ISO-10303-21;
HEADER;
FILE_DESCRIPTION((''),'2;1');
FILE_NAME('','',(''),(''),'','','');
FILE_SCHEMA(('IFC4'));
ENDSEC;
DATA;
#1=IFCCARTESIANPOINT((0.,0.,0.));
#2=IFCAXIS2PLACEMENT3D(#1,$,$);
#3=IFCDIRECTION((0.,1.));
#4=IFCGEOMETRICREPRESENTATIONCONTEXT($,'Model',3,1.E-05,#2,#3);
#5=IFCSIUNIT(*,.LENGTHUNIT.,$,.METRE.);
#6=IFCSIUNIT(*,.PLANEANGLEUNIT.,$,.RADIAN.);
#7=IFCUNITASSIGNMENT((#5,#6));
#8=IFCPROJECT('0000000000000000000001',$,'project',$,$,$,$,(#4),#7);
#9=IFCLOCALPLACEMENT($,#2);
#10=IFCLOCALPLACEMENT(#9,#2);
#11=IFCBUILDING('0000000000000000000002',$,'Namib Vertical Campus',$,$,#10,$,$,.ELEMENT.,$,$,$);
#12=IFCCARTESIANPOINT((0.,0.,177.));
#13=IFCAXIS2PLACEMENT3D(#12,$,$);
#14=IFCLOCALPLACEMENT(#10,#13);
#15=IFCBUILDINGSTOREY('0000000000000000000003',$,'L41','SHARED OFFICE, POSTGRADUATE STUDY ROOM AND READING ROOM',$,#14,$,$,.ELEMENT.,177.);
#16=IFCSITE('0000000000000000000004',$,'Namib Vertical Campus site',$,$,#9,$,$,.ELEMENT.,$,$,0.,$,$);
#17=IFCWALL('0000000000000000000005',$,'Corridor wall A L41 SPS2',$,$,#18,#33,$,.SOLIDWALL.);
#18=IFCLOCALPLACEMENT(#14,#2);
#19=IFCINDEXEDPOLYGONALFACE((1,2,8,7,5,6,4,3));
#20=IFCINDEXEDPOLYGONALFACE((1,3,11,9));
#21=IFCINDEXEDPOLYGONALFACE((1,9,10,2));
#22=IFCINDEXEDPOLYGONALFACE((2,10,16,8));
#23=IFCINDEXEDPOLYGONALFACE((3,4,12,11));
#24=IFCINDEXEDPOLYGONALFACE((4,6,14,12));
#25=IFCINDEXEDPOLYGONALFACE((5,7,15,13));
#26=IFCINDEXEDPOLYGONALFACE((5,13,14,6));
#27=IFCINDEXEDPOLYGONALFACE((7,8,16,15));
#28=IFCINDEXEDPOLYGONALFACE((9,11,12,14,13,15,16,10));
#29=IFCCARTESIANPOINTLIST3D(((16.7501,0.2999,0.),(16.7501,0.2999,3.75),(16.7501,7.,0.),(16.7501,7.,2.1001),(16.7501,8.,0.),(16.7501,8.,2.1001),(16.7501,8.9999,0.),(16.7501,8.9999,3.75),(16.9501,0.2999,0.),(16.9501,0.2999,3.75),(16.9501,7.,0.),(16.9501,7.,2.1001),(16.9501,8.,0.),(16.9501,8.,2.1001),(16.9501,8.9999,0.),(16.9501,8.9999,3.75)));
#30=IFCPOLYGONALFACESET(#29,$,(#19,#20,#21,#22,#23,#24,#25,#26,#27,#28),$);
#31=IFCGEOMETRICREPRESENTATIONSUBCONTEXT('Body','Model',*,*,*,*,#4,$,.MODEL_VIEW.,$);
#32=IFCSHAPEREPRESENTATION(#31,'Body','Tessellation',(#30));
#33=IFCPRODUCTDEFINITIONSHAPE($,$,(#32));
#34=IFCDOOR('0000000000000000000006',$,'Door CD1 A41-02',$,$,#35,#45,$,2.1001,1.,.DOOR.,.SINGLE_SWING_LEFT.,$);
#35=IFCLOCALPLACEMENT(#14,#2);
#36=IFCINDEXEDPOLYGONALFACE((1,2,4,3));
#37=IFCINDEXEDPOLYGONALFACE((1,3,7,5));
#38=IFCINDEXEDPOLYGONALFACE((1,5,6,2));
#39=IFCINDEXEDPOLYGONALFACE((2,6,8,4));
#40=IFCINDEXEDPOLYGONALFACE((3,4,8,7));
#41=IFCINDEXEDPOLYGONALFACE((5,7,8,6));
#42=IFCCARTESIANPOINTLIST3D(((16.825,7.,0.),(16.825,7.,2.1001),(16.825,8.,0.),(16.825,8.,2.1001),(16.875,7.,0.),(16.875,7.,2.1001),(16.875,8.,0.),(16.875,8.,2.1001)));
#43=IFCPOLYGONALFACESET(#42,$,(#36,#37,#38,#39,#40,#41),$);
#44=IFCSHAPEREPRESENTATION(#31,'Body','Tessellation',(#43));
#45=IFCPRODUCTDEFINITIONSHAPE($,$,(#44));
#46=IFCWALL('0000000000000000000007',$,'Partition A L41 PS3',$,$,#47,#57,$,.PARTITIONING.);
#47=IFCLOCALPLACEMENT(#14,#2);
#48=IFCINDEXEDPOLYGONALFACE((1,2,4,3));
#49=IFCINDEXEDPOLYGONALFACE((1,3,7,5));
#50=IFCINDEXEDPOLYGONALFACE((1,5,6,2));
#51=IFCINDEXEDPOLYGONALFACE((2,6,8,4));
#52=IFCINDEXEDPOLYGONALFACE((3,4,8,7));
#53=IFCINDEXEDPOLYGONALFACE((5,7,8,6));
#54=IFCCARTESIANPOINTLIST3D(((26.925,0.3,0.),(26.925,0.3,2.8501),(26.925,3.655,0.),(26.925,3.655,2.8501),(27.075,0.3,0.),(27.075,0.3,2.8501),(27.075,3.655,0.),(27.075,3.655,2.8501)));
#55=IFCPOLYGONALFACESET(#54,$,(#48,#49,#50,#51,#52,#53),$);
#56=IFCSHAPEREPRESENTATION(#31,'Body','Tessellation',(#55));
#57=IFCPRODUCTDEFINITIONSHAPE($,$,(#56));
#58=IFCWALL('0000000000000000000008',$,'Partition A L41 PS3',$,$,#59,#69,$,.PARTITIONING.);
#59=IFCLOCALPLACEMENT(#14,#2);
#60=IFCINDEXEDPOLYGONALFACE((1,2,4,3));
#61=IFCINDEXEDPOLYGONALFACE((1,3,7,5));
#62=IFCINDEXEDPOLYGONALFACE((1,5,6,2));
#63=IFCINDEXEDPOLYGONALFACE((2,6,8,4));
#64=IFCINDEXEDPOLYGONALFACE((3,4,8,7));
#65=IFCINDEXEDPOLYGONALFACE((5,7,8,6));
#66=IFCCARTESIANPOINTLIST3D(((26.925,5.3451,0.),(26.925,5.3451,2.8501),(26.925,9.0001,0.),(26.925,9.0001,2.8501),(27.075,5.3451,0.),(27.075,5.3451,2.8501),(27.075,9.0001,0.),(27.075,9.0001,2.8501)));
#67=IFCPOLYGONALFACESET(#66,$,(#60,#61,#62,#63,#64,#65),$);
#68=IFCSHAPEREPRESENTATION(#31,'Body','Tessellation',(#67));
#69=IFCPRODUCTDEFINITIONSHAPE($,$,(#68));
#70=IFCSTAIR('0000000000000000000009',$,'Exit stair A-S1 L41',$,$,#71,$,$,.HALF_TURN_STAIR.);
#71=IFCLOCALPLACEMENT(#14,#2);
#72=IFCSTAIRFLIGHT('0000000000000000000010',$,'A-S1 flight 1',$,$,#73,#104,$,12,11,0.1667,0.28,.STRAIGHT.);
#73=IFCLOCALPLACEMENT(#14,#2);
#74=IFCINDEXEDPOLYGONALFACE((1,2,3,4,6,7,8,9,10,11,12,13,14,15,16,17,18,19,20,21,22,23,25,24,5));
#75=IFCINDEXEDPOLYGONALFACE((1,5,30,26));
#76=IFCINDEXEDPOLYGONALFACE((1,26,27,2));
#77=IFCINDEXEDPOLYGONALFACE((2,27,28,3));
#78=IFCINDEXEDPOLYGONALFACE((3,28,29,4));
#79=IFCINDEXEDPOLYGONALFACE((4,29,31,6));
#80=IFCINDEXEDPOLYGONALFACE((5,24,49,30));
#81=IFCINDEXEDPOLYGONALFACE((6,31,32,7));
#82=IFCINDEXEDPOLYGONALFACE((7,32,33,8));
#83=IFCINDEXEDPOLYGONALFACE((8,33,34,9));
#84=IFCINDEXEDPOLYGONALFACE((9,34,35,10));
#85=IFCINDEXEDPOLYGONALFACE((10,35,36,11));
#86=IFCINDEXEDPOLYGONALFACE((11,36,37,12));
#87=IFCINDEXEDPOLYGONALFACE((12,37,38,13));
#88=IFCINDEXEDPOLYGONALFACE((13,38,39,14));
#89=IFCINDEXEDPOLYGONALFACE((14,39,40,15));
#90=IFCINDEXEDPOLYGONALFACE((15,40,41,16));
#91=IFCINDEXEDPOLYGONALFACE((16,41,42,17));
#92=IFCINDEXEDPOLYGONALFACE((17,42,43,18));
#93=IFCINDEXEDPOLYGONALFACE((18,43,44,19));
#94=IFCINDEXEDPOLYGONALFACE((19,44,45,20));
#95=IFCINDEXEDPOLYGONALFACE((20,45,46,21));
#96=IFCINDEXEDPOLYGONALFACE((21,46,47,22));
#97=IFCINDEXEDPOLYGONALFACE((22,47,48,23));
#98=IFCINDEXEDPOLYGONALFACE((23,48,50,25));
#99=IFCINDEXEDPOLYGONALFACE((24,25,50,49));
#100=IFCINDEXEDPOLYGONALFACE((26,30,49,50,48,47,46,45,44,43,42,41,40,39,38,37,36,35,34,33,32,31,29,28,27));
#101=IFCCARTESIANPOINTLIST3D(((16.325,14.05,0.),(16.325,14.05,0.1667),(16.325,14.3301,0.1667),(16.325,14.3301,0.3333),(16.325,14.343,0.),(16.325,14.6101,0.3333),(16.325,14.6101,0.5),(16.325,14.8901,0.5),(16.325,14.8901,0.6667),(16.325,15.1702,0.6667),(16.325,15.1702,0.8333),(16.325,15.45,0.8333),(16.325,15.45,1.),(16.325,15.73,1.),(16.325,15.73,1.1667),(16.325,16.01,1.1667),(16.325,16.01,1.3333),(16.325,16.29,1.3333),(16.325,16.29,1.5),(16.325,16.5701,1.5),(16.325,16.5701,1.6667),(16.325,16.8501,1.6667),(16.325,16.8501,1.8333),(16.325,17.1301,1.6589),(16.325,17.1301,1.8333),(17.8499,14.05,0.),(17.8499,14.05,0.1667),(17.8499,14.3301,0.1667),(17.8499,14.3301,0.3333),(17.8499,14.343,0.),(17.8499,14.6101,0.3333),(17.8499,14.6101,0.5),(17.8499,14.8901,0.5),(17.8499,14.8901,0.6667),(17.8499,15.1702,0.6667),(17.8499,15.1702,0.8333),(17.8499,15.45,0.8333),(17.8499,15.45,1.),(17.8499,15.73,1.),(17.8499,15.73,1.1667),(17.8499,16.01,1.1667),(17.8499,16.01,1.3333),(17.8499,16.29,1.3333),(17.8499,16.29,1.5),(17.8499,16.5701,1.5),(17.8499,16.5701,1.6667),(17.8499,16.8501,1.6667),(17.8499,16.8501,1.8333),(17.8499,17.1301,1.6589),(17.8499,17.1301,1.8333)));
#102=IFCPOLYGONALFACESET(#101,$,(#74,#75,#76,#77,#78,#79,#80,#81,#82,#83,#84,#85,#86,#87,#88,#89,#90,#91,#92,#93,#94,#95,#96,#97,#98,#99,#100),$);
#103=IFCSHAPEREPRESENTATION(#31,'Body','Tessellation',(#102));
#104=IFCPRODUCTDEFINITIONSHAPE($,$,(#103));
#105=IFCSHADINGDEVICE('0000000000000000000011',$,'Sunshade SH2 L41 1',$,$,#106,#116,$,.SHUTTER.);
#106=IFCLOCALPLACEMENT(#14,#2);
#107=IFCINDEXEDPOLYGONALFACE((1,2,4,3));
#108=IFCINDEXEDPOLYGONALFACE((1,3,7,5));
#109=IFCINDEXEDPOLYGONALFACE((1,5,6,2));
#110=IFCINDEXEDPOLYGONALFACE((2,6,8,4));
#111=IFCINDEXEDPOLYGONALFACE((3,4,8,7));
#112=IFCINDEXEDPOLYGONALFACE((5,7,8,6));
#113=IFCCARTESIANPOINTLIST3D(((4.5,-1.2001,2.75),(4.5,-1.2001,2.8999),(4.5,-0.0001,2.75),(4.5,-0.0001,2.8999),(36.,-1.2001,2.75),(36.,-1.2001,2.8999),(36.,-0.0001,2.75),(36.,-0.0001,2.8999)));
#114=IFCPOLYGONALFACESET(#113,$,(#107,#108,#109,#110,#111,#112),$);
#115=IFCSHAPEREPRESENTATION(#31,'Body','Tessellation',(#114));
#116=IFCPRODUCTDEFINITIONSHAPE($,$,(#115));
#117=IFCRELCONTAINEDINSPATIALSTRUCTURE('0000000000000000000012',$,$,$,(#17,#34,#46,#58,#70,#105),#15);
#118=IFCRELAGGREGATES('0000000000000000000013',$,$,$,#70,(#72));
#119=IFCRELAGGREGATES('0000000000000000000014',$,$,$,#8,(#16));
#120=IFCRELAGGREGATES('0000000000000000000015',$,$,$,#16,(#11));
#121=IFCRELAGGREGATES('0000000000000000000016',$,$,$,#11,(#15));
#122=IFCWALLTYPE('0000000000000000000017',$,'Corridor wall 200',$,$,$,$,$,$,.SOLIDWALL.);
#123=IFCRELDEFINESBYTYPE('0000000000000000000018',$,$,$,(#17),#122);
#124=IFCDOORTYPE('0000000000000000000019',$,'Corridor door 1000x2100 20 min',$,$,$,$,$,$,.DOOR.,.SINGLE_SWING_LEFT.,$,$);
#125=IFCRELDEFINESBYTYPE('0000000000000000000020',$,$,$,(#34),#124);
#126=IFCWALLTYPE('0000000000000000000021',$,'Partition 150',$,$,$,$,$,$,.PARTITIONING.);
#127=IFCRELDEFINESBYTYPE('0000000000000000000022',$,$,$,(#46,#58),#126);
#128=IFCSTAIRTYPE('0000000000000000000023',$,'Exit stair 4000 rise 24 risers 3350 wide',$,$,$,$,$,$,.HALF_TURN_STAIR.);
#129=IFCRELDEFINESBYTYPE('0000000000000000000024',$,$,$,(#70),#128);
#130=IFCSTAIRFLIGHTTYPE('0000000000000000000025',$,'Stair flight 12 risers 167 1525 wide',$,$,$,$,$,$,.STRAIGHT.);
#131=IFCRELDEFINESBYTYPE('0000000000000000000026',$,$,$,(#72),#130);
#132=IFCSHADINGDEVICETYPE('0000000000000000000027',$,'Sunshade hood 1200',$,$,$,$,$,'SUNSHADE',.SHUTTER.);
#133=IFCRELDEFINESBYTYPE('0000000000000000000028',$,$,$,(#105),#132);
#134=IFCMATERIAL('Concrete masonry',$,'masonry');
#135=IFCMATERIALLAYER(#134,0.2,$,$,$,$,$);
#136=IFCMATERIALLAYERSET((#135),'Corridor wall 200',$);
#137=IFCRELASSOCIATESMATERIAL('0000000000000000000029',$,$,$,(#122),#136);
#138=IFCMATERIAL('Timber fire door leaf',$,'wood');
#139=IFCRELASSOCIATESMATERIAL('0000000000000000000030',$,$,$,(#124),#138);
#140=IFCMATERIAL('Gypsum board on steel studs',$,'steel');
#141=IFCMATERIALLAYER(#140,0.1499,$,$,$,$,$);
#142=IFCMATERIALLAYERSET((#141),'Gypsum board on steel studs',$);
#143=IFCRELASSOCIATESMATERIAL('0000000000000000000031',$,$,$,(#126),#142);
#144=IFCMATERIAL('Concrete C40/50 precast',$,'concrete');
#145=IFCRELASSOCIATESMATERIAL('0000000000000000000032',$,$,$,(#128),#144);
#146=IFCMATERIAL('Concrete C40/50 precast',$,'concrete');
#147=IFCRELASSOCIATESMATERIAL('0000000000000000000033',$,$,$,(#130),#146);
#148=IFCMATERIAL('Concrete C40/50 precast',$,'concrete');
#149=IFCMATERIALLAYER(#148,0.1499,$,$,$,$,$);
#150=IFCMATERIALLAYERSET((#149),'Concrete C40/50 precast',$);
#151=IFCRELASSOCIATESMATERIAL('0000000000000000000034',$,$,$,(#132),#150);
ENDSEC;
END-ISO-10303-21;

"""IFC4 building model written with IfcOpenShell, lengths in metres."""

from ifc_helpers import new_model, si_unit, direction, frame, frame_2d, origin, origin_2d, place, context, subcontext, project, spatial, polyline, rectangle, outline, extrude, material, layer, layer_set, type_object, element, fill, aggregate, save


model = new_model("IFC4")

# Units and contexts
model_context = context("Model", 3, precision=1e-05, world=origin(), true_north=direction((0.0, 1.0)))
body_context = subcontext(model_context, "Body", "Model", "MODEL_VIEW")
ifc_project = project(units=[si_unit("LENGTHUNIT", "METRE"), si_unit("PLANEANGLEUNIT", "RADIAN")], contexts=[model_context])

# Site, building, storey
site_placement = place(None, origin())
site = spatial("IfcSite", under=ifc_project, at=site_placement, Name="Namib Vertical Campus site", CompositionType="ELEMENT", RefElevation=0.0)
building_placement = place(site_placement, origin())
building = spatial("IfcBuilding", under=site, at=building_placement, Name="Namib Vertical Campus", CompositionType="ELEMENT")
storey_placement = place(building_placement, frame((0.0, 0.0, 177.0)))
storey = spatial("IfcBuildingStorey", under=building, at=storey_placement, Name="L41", Description="SHARED OFFICE, POSTGRADUATE STUDY ROOM AND READING ROOM", CompositionType="ELEMENT", Elevation=177.0)

# Wall, opening, door
ifc_material_1 = material(Name="Concrete masonry", Category="masonry")
ifc_layer_1 = layer(ifc_material_1, 0.2)
ifc_layer_set_1 = layer_set([ifc_layer_1], Name="Corridor wall 200")
wall_type_1 = type_object("IfcWallType", Name="Corridor wall 200", PredefinedType="SOLIDWALL", material=ifc_layer_set_1)
wall_1_placement = place(storey_placement, frame((16.8501, 9.0, 0.0), z_axis=(0.0, 0.0, 1.0), x_axis=(0.0, -1.0, 0.0)))
wall_1 = element("IfcWall", 1, at=wall_1_placement, inside=storey, type_object=wall_type_1, Name="Corridor wall A L41 SPS2", PredefinedType="SOLIDWALL", context=body_context, shape_type="SweptSolid", body=[
    extrude(rectangle(XDim=8.7, YDim=0.2, at=frame_2d((4.3501, 0.0))), origin(), (0.0, 0.0, 1.0), 3.75),
])
opening_1_placement = place(wall_1_placement, frame((1.0, 0.0, 0.0)))
opening_1 = element("IfcOpeningElement", 2, at=opening_1_placement, cuts=wall_1, PredefinedType="OPENING", context=body_context, shape_type="SweptSolid", body=[
    extrude(rectangle(XDim=1.0, YDim=2.1001, at=frame_2d((0.5, 1.05))), frame((0.0, 0.1099, 0.0), z_axis=(0.0, -1.0, 0.0), x_axis=(1.0, 0.0, 0.0)), (0.0, 0.0, 1.0), 0.22),
])
ifc_material_2 = material(Name="Timber fire door leaf", Category="wood")
door_type_1 = type_object("IfcDoorType", Name="Corridor door 1000x2100 20 min", OperationType="SINGLE_SWING_LEFT", PredefinedType="DOOR", material=ifc_material_2)
door_1_placement = place(opening_1_placement, origin())
door_1 = element("IfcDoor", 3, at=door_1_placement, inside=storey, type_object=door_type_1, Name="Door CD1 A41-02", OperationType="SINGLE_SWING_LEFT", OverallHeight=2.1001, OverallWidth=1.0, PredefinedType="DOOR", context=body_context, shape_type="SweptSolid", body=[
    extrude(rectangle(XDim=1.0, YDim=2.1001, at=frame_2d((0.5, 1.05))), frame((0.0, 0.0249, 0.0), z_axis=(0.0, -1.0, 0.0), x_axis=(1.0, 0.0, 0.0)), (0.0, 0.0, 1.0), 0.05),
])
fill(opening_1, door_1)

# Walls
ifc_material_3 = material(Name="Gypsum board on steel studs", Category="steel")
ifc_layer_2 = layer(ifc_material_3, 0.1499)
ifc_layer_set_2 = layer_set([ifc_layer_2], Name="Gypsum board on steel studs")
wall_type_2 = type_object("IfcWallType", Name="Partition 150", PredefinedType="PARTITIONING", material=ifc_layer_set_2)
wall_2_placement = place(storey_placement, frame((27.0, 0.3, 0.0), z_axis=(0.0, 0.0, 1.0), x_axis=(0.0, 1.0, 0.0)))
element("IfcWall", 4, at=wall_2_placement, inside=storey, type_object=wall_type_2, Name="Partition A L41 PS3", PredefinedType="PARTITIONING", context=body_context, shape_type="SweptSolid", body=[
    extrude(rectangle(XDim=3.355, YDim=0.1499, at=frame_2d((1.6775, 0.0))), origin(), (0.0, 0.0, 1.0), 2.8501),
])
wall_3_placement = place(storey_placement, frame((27.0, 5.345, 0.0), z_axis=(0.0, 0.0, 1.0), x_axis=(0.0, 1.0, 0.0)))
element("IfcWall", 5, at=wall_3_placement, inside=storey, type_object=wall_type_2, Name="Partition A L41 PS3", PredefinedType="PARTITIONING", context=body_context, shape_type="SweptSolid", body=[
    extrude(rectangle(XDim=3.655, YDim=0.1499, at=frame_2d((1.8276, 0.0))), origin(), (0.0, 0.0, 1.0), 2.8501),
])

# Stair, stair flight
ifc_material_4 = material(Name="Concrete C40/50 precast", Category="concrete")
stair_type = type_object("IfcStairType", Name="Exit stair 4000 rise 24 risers 3350 wide", PredefinedType="HALF_TURN_STAIR", material=ifc_material_4)
stair_placement = place(storey_placement, origin())
stair = element("IfcStair", 6, at=stair_placement, inside=storey, type_object=stair_type, Name="Exit stair A-S1 L41", PredefinedType="HALF_TURN_STAIR")
ifc_material_5 = material(Name="Concrete C40/50 precast", Category="concrete")
stair_flight_type = type_object("IfcStairFlightType", Name="Stair flight 12 risers 167 1525 wide", PredefinedType="STRAIGHT", material=ifc_material_5)
stair_flight_placement = place(storey_placement, frame((17.0874, 14.05, 0.0), z_axis=(0.0, 0.0, 1.0), x_axis=(0.0, 1.0, 0.0)))
stair_flight = element("IfcStairFlight", 7, at=stair_flight_placement, type_object=stair_flight_type, Name="A-S1 flight 1", NumberOfRisers=12, NumberOfTreads=11, PredefinedType="STRAIGHT", RiserHeight=0.1667, TreadLength=0.28, context=body_context, shape_type="SweptSolid", body=[
    extrude(outline(polyline([(0.0, 0.0), (0.0, 0.1667), (0.28, 0.1667), (0.28, 0.3333), (0.5601, 0.3333), (0.5601, 0.5), (0.8401, 0.5), (0.8401, 0.6667), (1.1201, 0.6667), (1.1201, 0.8333), (1.3999, 0.8333), (1.3999, 1.0), (1.6799, 1.0), (1.6799, 1.1667), (1.96, 1.1667), (1.96, 1.3333), (2.24, 1.3333), (2.24, 1.5), (2.52, 1.5), (2.52, 1.6667), (2.8, 1.6667), (2.8, 1.8333), (3.0801, 1.8333), (3.0801, 2.0), (3.0801, 1.6589), (0.293, 0.0), (0.0, 0.0)])), frame((0.0, 0.7625, 0.0), z_axis=(0.0, -1.0, 0.0), x_axis=(1.0, 0.0, 0.0)), (0.0, 0.0, 1.0), 1.5249),
])
aggregate(stair, [stair_flight])

# Shading device
ifc_material_6 = material(Name="Concrete C40/50 precast", Category="concrete")
ifc_layer_3 = layer(ifc_material_6, 0.1499)
ifc_layer_set_3 = layer_set([ifc_layer_3], Name="Concrete C40/50 precast")
shading_device_type = type_object("IfcShadingDeviceType", Name="Sunshade hood 1200", ElementType="SUNSHADE", PredefinedType="SHUTTER", material=ifc_layer_set_3)
shading_device_placement = place(storey_placement, frame((20.25, -0.6001, 2.75), z_axis=(0.0, 0.0, 1.0), x_axis=(1.0, 0.0, 0.0)))
element("IfcShadingDevice", 8, at=shading_device_placement, inside=storey, type_object=shading_device_type, Name="Sunshade SH2 L41 1", PredefinedType="SHUTTER", context=body_context, shape_type="SweptSolid", body=[
    extrude(rectangle(XDim=31.5, YDim=1.2, at=origin_2d()), origin(), (0.0, 0.0, 1.0), 0.1499),
])

save(model, "model.ifc")
